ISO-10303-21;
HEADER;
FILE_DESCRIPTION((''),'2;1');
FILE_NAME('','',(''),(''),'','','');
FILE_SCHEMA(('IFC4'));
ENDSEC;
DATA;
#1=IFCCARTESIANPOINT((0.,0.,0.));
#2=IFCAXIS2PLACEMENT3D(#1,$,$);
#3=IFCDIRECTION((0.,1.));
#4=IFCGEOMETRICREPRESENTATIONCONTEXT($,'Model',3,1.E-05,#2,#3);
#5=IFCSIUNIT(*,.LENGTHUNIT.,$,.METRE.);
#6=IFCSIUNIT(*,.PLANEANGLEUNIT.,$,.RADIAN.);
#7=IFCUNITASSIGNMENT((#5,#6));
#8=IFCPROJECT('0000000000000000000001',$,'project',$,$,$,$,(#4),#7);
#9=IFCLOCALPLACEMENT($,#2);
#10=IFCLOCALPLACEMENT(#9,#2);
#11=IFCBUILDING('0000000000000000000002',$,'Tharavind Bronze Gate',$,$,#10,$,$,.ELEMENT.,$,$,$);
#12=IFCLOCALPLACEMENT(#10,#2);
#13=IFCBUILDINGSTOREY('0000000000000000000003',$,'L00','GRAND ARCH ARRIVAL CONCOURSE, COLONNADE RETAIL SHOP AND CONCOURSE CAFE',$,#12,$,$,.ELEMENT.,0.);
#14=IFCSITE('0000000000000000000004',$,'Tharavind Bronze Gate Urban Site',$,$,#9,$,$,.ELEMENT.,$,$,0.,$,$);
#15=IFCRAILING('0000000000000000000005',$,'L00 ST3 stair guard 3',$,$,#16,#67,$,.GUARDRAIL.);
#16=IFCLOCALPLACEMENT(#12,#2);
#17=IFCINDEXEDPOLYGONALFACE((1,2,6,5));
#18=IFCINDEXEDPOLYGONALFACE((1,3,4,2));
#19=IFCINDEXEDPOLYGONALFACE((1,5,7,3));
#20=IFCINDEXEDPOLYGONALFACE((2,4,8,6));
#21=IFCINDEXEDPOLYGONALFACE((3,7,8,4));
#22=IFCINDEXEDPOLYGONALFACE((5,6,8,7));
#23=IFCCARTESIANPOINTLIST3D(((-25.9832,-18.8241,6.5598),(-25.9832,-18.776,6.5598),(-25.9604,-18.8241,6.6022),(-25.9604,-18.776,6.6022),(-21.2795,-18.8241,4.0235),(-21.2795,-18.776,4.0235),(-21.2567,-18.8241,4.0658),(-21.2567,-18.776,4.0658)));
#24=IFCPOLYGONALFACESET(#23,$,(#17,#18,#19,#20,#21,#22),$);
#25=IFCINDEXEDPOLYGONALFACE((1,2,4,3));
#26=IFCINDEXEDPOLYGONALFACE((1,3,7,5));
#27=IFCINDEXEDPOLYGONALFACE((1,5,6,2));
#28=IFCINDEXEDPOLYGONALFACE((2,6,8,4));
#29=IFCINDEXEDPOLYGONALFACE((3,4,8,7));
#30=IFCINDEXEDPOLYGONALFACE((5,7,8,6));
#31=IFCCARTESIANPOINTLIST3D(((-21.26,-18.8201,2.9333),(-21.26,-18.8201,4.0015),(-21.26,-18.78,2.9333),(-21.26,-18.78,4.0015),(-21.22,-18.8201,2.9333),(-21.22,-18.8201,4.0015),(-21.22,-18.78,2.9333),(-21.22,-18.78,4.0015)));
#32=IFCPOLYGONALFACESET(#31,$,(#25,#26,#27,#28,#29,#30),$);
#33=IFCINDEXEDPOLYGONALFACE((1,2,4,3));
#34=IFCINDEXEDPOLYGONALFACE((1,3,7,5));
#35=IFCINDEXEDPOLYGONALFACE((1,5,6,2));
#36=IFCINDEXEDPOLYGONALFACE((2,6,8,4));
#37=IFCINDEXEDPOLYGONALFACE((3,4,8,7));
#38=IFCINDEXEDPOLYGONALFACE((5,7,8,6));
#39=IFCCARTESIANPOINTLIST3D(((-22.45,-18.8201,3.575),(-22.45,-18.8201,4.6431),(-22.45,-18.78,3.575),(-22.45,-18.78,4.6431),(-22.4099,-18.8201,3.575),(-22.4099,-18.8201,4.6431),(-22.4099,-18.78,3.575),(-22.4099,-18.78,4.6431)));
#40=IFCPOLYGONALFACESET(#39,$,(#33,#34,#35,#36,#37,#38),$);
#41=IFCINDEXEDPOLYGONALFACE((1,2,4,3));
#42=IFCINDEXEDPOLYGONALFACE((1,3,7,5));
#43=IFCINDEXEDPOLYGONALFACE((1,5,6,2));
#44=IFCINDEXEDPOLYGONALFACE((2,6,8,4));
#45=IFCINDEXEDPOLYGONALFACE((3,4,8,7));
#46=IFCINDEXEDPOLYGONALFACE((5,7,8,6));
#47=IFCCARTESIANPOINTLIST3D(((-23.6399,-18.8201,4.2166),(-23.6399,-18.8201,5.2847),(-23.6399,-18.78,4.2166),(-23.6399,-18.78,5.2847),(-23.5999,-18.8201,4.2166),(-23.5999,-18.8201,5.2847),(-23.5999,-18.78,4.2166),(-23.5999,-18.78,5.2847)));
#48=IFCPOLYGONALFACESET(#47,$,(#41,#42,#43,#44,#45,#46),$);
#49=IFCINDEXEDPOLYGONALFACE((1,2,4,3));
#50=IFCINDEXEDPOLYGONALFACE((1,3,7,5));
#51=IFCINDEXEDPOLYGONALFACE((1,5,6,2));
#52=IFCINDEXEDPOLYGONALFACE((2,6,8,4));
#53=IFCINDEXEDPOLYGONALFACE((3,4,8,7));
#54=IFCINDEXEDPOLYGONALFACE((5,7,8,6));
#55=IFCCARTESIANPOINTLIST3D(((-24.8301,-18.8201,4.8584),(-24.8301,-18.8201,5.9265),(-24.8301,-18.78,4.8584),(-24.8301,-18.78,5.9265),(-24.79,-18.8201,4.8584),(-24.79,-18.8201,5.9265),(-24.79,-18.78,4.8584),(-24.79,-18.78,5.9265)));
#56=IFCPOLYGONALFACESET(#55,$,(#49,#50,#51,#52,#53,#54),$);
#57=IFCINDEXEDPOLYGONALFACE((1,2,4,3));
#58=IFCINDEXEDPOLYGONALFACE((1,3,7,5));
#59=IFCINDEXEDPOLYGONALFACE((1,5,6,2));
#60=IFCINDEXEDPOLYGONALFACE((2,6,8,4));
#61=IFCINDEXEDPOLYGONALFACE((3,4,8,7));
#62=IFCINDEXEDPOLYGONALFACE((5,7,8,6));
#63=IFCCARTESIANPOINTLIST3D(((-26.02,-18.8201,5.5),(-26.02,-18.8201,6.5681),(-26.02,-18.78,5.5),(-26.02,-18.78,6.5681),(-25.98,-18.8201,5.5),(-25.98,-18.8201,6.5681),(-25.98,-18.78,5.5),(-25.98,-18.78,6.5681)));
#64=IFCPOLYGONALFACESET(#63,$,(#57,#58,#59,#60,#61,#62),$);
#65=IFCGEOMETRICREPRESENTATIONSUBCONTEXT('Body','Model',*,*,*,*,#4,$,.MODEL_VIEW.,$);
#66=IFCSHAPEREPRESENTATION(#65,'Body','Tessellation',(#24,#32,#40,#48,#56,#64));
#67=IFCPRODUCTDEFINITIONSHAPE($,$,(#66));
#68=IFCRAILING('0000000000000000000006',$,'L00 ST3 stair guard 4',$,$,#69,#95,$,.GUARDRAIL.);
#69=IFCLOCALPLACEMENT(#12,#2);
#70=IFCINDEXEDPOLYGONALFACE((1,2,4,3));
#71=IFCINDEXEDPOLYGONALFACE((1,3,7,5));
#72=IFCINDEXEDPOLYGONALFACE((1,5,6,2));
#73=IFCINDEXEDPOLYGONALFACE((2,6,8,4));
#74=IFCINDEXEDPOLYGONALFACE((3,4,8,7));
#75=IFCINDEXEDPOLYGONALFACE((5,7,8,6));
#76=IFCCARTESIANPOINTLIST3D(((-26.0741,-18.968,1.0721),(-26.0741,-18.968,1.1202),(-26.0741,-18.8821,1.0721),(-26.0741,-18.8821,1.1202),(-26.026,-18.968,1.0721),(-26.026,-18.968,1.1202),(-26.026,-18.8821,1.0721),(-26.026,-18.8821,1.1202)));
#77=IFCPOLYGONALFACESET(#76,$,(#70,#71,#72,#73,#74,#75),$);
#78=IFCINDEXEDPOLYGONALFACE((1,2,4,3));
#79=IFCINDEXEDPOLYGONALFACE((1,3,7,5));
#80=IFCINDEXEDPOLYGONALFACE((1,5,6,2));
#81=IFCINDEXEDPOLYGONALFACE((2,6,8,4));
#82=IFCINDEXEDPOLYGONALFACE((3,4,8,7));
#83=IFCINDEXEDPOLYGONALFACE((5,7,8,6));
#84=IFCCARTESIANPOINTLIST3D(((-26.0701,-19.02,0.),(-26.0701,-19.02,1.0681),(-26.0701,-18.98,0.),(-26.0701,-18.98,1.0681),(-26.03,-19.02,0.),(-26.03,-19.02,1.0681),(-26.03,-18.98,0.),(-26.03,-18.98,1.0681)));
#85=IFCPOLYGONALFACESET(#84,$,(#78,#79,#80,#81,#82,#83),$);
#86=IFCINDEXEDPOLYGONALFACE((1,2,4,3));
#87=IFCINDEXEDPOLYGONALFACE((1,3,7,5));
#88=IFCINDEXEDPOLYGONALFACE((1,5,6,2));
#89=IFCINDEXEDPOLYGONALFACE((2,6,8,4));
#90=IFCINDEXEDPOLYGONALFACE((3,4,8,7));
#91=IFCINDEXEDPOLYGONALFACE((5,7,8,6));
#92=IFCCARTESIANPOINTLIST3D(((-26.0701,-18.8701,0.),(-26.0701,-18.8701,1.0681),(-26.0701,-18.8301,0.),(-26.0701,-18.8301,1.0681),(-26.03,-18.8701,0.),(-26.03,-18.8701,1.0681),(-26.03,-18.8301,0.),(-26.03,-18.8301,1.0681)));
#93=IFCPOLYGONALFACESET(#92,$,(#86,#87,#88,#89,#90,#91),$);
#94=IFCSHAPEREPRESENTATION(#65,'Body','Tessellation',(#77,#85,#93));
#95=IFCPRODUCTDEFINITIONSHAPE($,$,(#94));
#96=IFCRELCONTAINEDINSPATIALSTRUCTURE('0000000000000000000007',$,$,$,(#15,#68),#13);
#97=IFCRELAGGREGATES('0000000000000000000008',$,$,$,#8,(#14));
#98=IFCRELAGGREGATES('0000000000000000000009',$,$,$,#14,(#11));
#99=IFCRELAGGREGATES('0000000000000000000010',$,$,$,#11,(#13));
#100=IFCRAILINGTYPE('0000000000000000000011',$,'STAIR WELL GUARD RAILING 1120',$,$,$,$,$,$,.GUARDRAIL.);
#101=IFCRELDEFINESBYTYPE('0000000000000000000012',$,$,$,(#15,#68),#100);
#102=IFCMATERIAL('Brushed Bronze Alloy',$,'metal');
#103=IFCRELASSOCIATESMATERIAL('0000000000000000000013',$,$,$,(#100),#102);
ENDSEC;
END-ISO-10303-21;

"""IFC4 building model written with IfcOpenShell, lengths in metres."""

from ifc_helpers import new_model, si_unit, direction, frame, origin, origin_2d, place, context, subcontext, project, spatial, rectangle, extrude, material, type_object, element, save


model = new_model("IFC4")

# Units and contexts
model_context = context("Model", 3, precision=1e-05, world=origin(), true_north=direction((0.0, 1.0)))
body_context = subcontext(model_context, "Body", "Model", "MODEL_VIEW")
ifc_project = project(units=[si_unit("LENGTHUNIT", "METRE"), si_unit("PLANEANGLEUNIT", "RADIAN")], contexts=[model_context])

# Site, building, storey
site_placement = place(None, origin())
site = spatial("IfcSite", under=ifc_project, at=site_placement, Name="Tharavind Bronze Gate Urban Site", CompositionType="ELEMENT", RefElevation=0.0)
building_placement = place(site_placement, origin())
building = spatial("IfcBuilding", under=site, at=building_placement, Name="Tharavind Bronze Gate", CompositionType="ELEMENT")
storey_placement = place(building_placement, origin())
storey = spatial("IfcBuildingStorey", under=building, at=storey_placement, Name="L00", Description="GRAND ARCH ARRIVAL CONCOURSE, COLONNADE RETAIL SHOP AND CONCOURSE CAFE", CompositionType="ELEMENT", Elevation=0.0)

# Railings
ifc_material_1 = material(Name="Brushed Bronze Alloy", Category="metal")
railing_type_1 = type_object("IfcRailingType", Name="STAIR WELL GUARD RAILING 1120", PredefinedType="GUARDRAIL", material=ifc_material_1)
railing_1_placement = place(storey_placement, frame((-21.24, -18.8, 2.9333)))
element("IfcRailing", 1, at=railing_1_placement, inside=storey, type_object=railing_type_1, Name="L00 ST3 stair guard 3", PredefinedType="GUARDRAIL", context=body_context, shape_type="SweptSolid", body=[
    extrude(rectangle(XDim=0.0481, YDim=0.0481, at=origin_2d()), frame((-0.0281, 0.0, 1.1113), z_axis=(-0.880196, 0.0, 0.474611), x_axis=(0.0, -1.0, 0.0)), (0.0, 0.0, 1.0), 5.344),
    extrude(rectangle(XDim=0.04, YDim=0.04, at=origin_2d()), origin(), (0.0, 0.0, 1.0), 1.0681),
    extrude(rectangle(XDim=0.04, YDim=0.04, at=origin_2d()), frame((-1.1899, 0.0, 0.6416)), (0.0, 0.0, 1.0), 1.0681),
    extrude(rectangle(XDim=0.04, YDim=0.04, at=origin_2d()), frame((-2.3799, 0.0, 1.2832)), (0.0, 0.0, 1.0), 1.0681),
    extrude(rectangle(XDim=0.04, YDim=0.04, at=origin_2d()), frame((-3.5701, 0.0, 1.925)), (0.0, 0.0, 1.0), 1.0681),
    extrude(rectangle(XDim=0.04, YDim=0.04, at=origin_2d()), frame((-4.76, 0.0, 2.5667)), (0.0, 0.0, 1.0), 1.0681),
])
railing_2_placement = place(storey_placement, frame((-26.05, -19.0, 0.0)))
element("IfcRailing", 2, at=railing_2_placement, inside=storey, type_object=railing_type_1, Name="L00 ST3 stair guard 4", PredefinedType="GUARDRAIL", context=body_context, shape_type="SweptSolid", body=[
    extrude(rectangle(XDim=0.0481, YDim=0.0481, at=origin_2d()), frame((0.0, 0.032, 1.0962), z_axis=(0.0, 1.0, 0.0), x_axis=(-1.0, 0.0, 0.0)), (0.0, 0.0, 1.0), 0.0859),
    extrude(rectangle(XDim=0.04, YDim=0.04, at=origin_2d()), origin(), (0.0, 0.0, 1.0), 1.0681),
    extrude(rectangle(XDim=0.04, YDim=0.04, at=origin_2d()), frame((0.0, 0.1499, 0.0)), (0.0, 0.0, 1.0), 1.0681),
])

save(model, "model.ifc")
